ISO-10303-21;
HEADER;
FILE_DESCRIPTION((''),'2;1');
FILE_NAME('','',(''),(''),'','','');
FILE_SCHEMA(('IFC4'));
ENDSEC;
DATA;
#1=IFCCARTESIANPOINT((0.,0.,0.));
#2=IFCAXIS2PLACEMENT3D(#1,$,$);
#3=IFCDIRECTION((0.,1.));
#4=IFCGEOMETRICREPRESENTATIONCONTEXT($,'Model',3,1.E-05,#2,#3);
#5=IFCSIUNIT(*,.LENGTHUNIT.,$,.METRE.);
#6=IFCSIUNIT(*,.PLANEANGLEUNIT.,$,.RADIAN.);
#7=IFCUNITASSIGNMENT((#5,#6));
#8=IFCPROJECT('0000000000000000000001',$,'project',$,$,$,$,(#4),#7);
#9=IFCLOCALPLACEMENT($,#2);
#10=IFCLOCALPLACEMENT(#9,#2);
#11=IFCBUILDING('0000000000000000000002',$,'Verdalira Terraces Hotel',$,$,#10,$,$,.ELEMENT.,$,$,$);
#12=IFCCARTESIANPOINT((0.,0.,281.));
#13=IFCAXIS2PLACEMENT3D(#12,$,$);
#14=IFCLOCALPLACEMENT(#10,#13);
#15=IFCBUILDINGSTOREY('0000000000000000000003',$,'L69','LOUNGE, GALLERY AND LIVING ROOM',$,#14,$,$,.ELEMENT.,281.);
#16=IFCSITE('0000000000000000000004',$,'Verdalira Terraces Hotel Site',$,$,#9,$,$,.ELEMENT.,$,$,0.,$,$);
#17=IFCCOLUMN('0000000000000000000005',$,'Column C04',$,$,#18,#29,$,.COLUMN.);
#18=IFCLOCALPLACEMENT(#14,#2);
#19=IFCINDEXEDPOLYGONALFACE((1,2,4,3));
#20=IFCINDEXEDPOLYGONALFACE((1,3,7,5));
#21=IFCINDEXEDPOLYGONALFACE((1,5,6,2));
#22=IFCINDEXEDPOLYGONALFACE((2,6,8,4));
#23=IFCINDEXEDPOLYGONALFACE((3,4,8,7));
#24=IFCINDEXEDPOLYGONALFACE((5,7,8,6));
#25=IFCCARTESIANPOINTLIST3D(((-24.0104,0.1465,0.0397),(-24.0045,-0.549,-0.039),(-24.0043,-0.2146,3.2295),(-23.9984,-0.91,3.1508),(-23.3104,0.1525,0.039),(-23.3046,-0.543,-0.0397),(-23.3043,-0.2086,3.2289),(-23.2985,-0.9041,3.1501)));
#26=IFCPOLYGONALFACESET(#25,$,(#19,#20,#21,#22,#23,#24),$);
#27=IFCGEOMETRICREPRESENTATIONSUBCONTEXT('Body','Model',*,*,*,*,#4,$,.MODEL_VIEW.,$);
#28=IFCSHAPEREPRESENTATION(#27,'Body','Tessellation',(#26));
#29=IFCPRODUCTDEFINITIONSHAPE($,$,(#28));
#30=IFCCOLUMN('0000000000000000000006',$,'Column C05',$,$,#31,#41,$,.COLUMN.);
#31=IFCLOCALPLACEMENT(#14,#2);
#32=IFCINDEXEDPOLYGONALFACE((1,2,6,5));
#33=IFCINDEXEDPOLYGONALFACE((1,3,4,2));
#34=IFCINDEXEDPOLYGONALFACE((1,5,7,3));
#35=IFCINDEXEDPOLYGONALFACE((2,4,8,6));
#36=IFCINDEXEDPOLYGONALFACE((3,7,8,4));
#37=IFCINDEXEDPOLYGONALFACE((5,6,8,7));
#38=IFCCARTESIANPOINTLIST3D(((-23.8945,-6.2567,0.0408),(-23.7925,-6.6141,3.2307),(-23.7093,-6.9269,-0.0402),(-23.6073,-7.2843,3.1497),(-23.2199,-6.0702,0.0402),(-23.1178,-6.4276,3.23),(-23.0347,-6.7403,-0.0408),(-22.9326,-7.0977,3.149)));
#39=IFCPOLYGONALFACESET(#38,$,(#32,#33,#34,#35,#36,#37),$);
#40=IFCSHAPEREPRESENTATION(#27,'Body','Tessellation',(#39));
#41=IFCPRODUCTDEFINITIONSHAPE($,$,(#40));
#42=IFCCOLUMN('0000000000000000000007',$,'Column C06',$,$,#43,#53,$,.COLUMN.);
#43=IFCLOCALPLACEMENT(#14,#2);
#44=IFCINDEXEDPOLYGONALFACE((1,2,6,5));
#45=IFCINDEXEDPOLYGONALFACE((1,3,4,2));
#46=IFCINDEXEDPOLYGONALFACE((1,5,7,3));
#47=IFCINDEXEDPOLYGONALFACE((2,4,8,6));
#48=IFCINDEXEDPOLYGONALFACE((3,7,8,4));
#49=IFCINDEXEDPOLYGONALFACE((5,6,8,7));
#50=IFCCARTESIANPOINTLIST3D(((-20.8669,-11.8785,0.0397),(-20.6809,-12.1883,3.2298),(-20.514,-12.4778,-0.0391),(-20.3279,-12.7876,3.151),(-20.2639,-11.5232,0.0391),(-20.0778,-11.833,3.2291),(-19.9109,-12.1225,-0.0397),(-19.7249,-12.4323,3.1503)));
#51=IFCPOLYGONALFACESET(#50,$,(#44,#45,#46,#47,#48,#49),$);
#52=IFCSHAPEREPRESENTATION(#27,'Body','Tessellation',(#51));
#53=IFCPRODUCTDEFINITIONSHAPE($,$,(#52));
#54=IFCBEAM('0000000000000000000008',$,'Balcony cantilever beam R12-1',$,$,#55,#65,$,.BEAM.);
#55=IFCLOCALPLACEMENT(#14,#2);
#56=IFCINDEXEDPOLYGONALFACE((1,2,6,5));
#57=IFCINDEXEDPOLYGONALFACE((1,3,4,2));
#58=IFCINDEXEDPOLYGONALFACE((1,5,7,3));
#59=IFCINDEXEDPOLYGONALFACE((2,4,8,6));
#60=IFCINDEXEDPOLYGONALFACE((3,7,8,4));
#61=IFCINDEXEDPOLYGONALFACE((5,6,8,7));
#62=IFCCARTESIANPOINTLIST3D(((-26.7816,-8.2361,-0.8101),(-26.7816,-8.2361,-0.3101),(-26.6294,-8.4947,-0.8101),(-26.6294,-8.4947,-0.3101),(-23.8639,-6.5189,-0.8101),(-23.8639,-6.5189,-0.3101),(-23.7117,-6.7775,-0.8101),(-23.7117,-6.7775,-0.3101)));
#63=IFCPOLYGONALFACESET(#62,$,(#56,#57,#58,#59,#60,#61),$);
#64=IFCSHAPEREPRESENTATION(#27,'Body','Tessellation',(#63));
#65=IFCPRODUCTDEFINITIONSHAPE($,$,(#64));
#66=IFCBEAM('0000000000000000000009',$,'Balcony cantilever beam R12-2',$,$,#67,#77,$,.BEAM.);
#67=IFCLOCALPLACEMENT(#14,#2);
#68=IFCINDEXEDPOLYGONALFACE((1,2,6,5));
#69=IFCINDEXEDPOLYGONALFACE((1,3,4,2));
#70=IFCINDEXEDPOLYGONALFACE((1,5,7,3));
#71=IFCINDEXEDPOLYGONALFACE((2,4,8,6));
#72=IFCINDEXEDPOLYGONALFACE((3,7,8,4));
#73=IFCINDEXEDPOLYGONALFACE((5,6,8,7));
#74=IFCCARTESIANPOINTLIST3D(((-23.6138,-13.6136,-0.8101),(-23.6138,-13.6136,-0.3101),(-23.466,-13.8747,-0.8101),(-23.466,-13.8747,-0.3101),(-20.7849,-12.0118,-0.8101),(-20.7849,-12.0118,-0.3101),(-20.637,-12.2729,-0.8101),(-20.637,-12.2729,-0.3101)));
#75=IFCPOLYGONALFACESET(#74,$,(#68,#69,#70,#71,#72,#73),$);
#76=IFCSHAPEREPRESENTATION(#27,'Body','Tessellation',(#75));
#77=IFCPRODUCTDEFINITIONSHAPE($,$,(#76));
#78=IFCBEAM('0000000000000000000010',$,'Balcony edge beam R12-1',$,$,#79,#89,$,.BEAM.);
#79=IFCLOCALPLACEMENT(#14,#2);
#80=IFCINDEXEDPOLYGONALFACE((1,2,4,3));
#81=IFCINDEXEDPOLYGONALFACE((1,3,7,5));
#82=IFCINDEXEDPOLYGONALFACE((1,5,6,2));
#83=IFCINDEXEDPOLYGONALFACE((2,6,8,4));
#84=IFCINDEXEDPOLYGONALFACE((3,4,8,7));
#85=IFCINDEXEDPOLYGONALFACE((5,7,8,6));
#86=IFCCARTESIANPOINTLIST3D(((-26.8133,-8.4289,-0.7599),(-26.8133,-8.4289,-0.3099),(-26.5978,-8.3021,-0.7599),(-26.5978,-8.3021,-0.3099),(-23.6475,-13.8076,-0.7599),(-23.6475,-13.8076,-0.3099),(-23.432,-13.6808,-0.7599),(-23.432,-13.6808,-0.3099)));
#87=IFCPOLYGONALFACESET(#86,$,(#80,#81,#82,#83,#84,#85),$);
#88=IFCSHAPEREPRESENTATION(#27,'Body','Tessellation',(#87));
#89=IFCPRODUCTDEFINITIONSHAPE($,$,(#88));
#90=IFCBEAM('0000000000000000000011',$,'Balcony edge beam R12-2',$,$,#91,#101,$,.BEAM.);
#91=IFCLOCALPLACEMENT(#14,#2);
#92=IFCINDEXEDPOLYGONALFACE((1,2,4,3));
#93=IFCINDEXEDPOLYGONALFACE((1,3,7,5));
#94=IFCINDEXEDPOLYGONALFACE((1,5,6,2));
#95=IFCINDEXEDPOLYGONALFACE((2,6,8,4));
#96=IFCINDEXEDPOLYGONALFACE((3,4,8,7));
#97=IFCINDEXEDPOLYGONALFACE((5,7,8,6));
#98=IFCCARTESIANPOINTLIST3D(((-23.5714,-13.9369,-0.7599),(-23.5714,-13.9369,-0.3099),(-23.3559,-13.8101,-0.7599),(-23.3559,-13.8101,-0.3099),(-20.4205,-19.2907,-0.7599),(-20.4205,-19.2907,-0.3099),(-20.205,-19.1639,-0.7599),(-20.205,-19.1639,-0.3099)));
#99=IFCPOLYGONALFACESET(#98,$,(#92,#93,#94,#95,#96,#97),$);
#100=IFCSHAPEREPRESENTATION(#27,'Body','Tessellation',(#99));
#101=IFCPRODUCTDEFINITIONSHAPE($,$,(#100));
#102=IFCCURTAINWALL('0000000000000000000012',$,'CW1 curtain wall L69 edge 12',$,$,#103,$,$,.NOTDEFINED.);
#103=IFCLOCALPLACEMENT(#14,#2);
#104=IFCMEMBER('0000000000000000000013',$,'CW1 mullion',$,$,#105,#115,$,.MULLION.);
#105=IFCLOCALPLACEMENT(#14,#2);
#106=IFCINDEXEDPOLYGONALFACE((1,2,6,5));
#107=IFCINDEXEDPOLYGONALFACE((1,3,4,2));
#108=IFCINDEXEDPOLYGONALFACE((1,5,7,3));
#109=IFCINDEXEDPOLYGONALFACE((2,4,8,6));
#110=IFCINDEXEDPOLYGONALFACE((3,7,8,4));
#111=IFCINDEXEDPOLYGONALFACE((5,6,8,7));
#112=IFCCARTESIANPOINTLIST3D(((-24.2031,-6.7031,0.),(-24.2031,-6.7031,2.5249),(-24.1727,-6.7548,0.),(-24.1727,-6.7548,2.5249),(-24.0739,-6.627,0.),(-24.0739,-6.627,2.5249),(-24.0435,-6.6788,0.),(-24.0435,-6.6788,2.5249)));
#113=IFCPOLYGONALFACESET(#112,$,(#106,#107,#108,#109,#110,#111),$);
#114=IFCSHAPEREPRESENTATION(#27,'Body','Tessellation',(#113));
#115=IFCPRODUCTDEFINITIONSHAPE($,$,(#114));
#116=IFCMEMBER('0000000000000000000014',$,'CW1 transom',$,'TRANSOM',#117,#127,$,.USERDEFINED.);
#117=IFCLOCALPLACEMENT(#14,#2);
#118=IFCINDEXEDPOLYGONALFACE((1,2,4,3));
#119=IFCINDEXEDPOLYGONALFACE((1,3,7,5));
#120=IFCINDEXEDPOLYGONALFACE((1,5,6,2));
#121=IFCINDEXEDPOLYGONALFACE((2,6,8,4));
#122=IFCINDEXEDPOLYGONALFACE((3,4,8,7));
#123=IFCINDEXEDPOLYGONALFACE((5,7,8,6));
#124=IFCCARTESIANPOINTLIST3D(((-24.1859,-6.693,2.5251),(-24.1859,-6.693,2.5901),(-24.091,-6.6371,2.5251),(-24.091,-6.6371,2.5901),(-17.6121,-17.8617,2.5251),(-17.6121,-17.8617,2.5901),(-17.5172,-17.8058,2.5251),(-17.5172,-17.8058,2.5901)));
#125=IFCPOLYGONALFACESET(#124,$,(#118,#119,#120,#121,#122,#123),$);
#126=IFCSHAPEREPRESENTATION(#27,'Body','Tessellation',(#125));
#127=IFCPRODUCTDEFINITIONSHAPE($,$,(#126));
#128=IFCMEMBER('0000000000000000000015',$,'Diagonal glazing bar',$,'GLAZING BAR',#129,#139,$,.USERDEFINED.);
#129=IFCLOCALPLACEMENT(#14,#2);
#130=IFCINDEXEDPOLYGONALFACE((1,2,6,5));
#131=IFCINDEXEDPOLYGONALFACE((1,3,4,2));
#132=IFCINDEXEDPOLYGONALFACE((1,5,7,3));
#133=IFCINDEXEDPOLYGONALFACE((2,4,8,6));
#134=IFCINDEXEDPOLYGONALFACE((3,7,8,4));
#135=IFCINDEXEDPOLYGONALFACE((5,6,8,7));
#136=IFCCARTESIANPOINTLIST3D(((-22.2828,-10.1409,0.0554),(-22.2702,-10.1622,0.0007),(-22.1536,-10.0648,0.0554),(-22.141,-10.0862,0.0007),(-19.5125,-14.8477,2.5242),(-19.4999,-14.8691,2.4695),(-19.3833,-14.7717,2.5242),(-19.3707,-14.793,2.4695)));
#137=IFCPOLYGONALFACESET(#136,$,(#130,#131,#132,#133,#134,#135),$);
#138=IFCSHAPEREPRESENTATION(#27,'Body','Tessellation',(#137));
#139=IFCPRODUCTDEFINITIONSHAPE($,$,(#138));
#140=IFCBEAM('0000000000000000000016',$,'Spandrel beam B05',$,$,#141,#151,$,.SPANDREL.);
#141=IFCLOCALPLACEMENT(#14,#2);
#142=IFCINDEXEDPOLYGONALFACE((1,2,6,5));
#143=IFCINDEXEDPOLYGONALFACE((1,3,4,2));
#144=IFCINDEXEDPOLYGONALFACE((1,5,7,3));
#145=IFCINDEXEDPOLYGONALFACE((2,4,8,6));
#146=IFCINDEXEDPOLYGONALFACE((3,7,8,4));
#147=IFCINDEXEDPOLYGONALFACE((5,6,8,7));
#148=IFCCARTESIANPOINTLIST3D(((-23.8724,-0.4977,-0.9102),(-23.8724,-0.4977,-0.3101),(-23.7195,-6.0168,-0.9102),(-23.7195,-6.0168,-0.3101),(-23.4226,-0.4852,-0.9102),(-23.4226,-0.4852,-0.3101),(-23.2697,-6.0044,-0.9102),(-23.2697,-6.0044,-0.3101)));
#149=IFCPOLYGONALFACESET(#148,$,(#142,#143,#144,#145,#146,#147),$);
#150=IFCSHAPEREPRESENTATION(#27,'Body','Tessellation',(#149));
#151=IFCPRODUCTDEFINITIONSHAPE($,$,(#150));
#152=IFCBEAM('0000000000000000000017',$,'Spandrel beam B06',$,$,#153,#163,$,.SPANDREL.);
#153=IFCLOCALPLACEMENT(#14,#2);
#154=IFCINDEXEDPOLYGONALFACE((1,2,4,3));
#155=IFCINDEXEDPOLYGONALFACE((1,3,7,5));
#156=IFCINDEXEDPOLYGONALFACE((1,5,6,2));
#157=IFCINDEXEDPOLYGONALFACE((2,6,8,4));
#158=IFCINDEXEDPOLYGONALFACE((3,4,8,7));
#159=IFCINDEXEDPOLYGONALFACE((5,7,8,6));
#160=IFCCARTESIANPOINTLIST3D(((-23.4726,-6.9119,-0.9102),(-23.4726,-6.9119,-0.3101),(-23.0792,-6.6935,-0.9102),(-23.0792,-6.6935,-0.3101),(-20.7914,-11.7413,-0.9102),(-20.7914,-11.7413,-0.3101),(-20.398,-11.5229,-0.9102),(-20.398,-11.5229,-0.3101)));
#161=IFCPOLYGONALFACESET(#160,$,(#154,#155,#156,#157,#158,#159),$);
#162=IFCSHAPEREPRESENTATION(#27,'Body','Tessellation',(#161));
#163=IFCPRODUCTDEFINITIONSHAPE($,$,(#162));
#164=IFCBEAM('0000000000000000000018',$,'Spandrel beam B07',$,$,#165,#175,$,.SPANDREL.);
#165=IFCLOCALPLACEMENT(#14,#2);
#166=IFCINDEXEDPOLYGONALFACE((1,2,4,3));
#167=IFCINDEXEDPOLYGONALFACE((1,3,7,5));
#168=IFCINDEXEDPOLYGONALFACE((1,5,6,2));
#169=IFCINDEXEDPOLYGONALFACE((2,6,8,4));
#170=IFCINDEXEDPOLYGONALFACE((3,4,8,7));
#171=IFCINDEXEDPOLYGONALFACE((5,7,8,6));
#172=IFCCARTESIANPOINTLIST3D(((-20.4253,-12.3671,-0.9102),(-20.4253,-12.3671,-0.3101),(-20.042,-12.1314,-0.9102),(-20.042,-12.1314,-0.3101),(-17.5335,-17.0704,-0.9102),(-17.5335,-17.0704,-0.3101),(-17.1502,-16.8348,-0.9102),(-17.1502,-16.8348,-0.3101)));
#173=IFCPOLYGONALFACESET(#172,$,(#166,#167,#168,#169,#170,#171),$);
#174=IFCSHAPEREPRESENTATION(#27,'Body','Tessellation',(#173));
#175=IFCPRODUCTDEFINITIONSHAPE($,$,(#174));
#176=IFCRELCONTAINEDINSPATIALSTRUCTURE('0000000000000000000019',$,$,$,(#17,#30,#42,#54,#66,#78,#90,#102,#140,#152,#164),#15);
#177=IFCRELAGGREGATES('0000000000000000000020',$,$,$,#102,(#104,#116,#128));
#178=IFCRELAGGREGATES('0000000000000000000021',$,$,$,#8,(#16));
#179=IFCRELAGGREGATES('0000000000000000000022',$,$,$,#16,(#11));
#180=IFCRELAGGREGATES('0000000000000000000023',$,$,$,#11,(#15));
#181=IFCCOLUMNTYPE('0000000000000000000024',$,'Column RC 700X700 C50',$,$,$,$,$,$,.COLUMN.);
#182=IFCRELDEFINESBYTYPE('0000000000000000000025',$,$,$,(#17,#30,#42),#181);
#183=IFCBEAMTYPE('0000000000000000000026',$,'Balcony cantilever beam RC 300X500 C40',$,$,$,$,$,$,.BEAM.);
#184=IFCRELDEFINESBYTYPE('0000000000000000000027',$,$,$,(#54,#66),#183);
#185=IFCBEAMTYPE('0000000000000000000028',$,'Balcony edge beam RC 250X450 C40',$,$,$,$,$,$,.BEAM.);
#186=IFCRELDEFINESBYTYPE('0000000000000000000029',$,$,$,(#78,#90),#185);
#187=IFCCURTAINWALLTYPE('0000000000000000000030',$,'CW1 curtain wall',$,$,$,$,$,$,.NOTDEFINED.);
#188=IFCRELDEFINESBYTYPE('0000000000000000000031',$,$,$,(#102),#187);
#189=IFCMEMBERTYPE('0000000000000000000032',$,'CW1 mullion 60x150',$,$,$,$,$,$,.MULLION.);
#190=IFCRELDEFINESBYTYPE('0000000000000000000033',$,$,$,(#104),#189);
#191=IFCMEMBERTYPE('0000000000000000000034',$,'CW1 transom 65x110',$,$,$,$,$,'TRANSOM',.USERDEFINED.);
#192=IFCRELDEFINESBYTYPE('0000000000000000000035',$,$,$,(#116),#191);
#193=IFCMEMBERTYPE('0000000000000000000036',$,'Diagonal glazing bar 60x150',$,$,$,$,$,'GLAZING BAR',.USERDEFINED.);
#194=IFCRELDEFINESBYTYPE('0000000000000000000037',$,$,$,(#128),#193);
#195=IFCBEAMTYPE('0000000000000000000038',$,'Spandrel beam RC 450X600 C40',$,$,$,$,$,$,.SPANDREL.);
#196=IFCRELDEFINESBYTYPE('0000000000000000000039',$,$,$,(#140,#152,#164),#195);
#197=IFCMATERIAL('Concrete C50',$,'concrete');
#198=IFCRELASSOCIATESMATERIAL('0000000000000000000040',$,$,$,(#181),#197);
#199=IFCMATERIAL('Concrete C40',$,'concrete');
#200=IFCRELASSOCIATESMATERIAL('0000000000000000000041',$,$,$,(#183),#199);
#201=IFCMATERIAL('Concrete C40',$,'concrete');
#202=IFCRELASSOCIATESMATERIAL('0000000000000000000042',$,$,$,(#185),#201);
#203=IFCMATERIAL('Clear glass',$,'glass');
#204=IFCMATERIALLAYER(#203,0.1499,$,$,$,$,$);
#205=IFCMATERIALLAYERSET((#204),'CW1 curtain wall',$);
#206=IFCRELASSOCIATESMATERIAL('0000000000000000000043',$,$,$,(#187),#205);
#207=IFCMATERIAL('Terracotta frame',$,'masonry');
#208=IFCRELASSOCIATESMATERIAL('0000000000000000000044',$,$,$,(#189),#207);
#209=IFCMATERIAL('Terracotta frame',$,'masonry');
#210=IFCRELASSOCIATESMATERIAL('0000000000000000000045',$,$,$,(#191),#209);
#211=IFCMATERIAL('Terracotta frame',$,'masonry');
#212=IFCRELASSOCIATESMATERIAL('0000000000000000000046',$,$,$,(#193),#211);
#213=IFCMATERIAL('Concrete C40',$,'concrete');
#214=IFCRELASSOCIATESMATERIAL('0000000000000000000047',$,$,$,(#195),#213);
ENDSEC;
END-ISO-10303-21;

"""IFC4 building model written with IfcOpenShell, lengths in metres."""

from ifc_helpers import new_model, si_unit, direction, frame, origin, origin_2d, place, context, subcontext, project, spatial, rectangle, extrude, material, layer, layer_set, material_profile, profile_set, type_object, element, aggregate, save


model = new_model("IFC4")

# Units and contexts
model_context = context("Model", 3, precision=1e-05, world=origin(), true_north=direction((0.0, 1.0)))
body_context = subcontext(model_context, "Body", "Model", "MODEL_VIEW")
ifc_project = project(units=[si_unit("LENGTHUNIT", "METRE"), si_unit("PLANEANGLEUNIT", "RADIAN")], contexts=[model_context])

# Site, building, storey
site_placement = place(None, origin())
site = spatial("IfcSite", under=ifc_project, at=site_placement, Name="Verdalira Terraces Hotel Site", CompositionType="ELEMENT", RefElevation=0.0)
building_placement = place(site_placement, origin())
building = spatial("IfcBuilding", under=site, at=building_placement, Name="Verdalira Terraces Hotel", CompositionType="ELEMENT")
storey_placement = place(building_placement, frame((0.0, 0.0, 281.0)))
storey = spatial("IfcBuildingStorey", under=building, at=storey_placement, Name="L69", Description="LOUNGE, GALLERY AND LIVING ROOM", CompositionType="ELEMENT", Elevation=281.0)

# Columns
ifc_material_1 = material(Name="Concrete C50", Category="concrete")
ifc_material_profile_1 = material_profile(ifc_material_1, rectangle(XDim=0.7, YDim=0.7, at=origin_2d()), Name="RC 700X700")
ifc_profile_set_1 = profile_set([ifc_material_profile_1], Name="Concrete C50")
column_type = type_object("IfcColumnType", Name="Column RC 700X700 C50", PredefinedType="COLUMN", material=ifc_profile_set_1)
column_1_placement = place(storey_placement, frame((-23.6575, -0.1982, 0.0), z_axis=(0.001901, -0.112476, 0.993653), x_axis=(0.008363, -0.993618, -0.112488)))
element("IfcColumn", 1, at=column_1_placement, inside=storey, type_object=column_type, Name="Column C04", PredefinedType="COLUMN", context=body_context, shape_type="SweptSolid", body=[
    extrude(rectangle(XDim=0.7, YDim=0.7, at=origin_2d()), origin(), (0.0, 0.0, 1.0), 3.2102),
])
column_2_placement = place(storey_placement, frame((-23.4646, -6.4985, 0.0), z_axis=(0.031776, -0.111294, 0.993279), x_axis=(-0.264584, 0.957393, 0.115737)))
element("IfcColumn", 2, at=column_2_placement, inside=storey, type_object=column_type, Name="Column C05", PredefinedType="COLUMN", context=body_context, shape_type="SweptSolid", body=[
    extrude(rectangle(XDim=0.7, YDim=0.7, at=origin_2d()), origin(), (0.0, 0.0, 1.0), 3.2114),
])
column_3_placement = place(storey_placement, frame((-20.3889, -12.0005, 0.0), z_axis=(0.057949, -0.096505, 0.993644), x_axis=(0.504275, -0.856175, -0.112563)))
element("IfcColumn", 3, at=column_3_placement, inside=storey, type_object=column_type, Name="Column C06", PredefinedType="COLUMN", context=body_context, shape_type="SweptSolid", body=[
    extrude(rectangle(XDim=0.7, YDim=0.7, at=origin_2d()), origin(), (0.0, 0.0, 1.0), 3.2104),
])

# Beams
ifc_material_2 = material(Name="Concrete C40", Category="concrete")
ifc_material_profile_2 = material_profile(ifc_material_2, rectangle(XDim=0.3, YDim=0.5, at=origin_2d()), Name="RC 300X500")
ifc_profile_set_2 = profile_set([ifc_material_profile_2], Name="Concrete C40")
beam_type_1 = type_object("IfcBeamType", Name="Balcony cantilever beam RC 300X500 C40", PredefinedType="BEAM", material=ifc_profile_set_2)
beam_1_placement = place(storey_placement, frame((-23.7878, -6.6482, -0.5601), z_axis=(-0.861808, -0.507234, 0.0), x_axis=(0.507234, -0.861808, 0.0)))
element("IfcBeam", 4, at=beam_1_placement, inside=storey, type_object=beam_type_1, Name="Balcony cantilever beam R12-1", PredefinedType="BEAM", context=body_context, shape_type="SweptSolid", body=[
    extrude(rectangle(XDim=0.3, YDim=0.5, at=origin_2d()), origin(), (0.0, 0.0, 1.0), 3.3855),
])
beam_2_placement = place(storey_placement, frame((-20.7109, -12.1423, -0.5601), z_axis=(-0.870182, -0.49273, 0.0), x_axis=(0.49273, -0.870182, 0.0)))
element("IfcBeam", 5, at=beam_2_placement, inside=storey, type_object=beam_type_1, Name="Balcony cantilever beam R12-2", PredefinedType="BEAM", context=body_context, shape_type="SweptSolid", body=[
    extrude(rectangle(XDim=0.3, YDim=0.5, at=origin_2d()), origin(), (0.0, 0.0, 1.0), 3.251),
])
ifc_material_3 = material(Name="Concrete C40", Category="concrete")
ifc_material_profile_3 = material_profile(ifc_material_3, rectangle(XDim=0.25, YDim=0.45, at=origin_2d()), Name="RC 250X450")
ifc_profile_set_3 = profile_set([ifc_material_profile_3], Name="Concrete C40")
beam_type_2 = type_object("IfcBeamType", Name="Balcony edge beam RC 250X450 C40", PredefinedType="BEAM", material=ifc_profile_set_3)
beam_3_placement = place(storey_placement, frame((-26.7056, -8.3655, -0.5349), z_axis=(0.507241, -0.861804, 0.0), x_axis=(0.861804, 0.507241, 0.0)))
element("IfcBeam", 6, at=beam_3_placement, inside=storey, type_object=beam_type_2, Name="Balcony edge beam R12-1", PredefinedType="BEAM", context=body_context, shape_type="SweptSolid", body=[
    extrude(rectangle(XDim=0.25, YDim=0.45, at=origin_2d()), origin(), (0.0, 0.0, 1.0), 6.2412),
])
beam_4_placement = place(storey_placement, frame((-23.4636, -13.8735, -0.5349), z_axis=(0.507212, -0.861821, 0.0), x_axis=(0.861821, 0.507212, 0.0)))
element("IfcBeam", 7, at=beam_4_placement, inside=storey, type_object=beam_type_2, Name="Balcony edge beam R12-2", PredefinedType="BEAM", context=body_context, shape_type="SweptSolid", body=[
    extrude(rectangle(XDim=0.25, YDim=0.45, at=origin_2d()), origin(), (0.0, 0.0, 1.0), 6.2122),
])

# Curtain wall, members
ifc_material_4 = material(Name="Clear glass", Category="glass")
ifc_layer_1 = layer(ifc_material_4, 0.1499)
ifc_layer_set_1 = layer_set([ifc_layer_1], Name="CW1 curtain wall")
curtain_wall_type = type_object("IfcCurtainWallType", Name="CW1 curtain wall", PredefinedType="NOTDEFINED", material=ifc_layer_set_1)
curtain_wall_placement = place(storey_placement, origin())
curtain_wall = element("IfcCurtainWall", 8, at=curtain_wall_placement, inside=storey, type_object=curtain_wall_type, Name="CW1 curtain wall L69 edge 12", PredefinedType="NOTDEFINED")
ifc_material_5 = material(Name="Terracotta frame", Category="masonry")
ifc_material_profile_4 = material_profile(ifc_material_5, rectangle(XDim=0.0601, YDim=0.1499, at=origin_2d()), Name="MU 60x150")
ifc_profile_set_4 = profile_set([ifc_material_profile_4], Name="Terracotta frame")
member_type_1 = type_object("IfcMemberType", Name="CW1 mullion 60x150", PredefinedType="MULLION", material=ifc_profile_set_4)
member_1_placement = place(storey_placement, frame((-24.1233, -6.6909, 0.0), z_axis=(0.0, 0.0, 1.0), x_axis=(0.507238, -0.861806, 0.0)))
member_1 = element("IfcMember", 9, at=member_1_placement, type_object=member_type_1, Name="CW1 mullion", PredefinedType="MULLION", context=body_context, shape_type="SweptSolid", body=[
    extrude(rectangle(XDim=0.0601, YDim=0.1499, at=origin_2d()), origin(), (0.0, 0.0, 1.0), 2.5249),
])
ifc_material_6 = material(Name="Terracotta frame", Category="masonry")
ifc_material_profile_5 = material_profile(ifc_material_6, rectangle(XDim=0.1101, YDim=0.0649, at=origin_2d()), Name="TR 65x110")
ifc_profile_set_5 = profile_set([ifc_material_profile_5], Name="Terracotta frame")
member_type_2 = type_object("IfcMemberType", Name="CW1 transom 65x110", ElementType="TRANSOM", PredefinedType="USERDEFINED", material=ifc_profile_set_5)
member_2_placement = place(storey_placement, frame((-24.1384, -6.665, 2.5576), z_axis=(0.507244, -0.861802, 0.0), x_axis=(0.861802, 0.507244, 0.0)))
member_2 = element("IfcMember", 10, at=member_2_placement, type_object=member_type_2, Name="CW1 transom", ObjectType="TRANSOM", PredefinedType="USERDEFINED", context=body_context, shape_type="SweptSolid", body=[
    extrude(rectangle(XDim=0.1101, YDim=0.0649, at=origin_2d()), origin(), (0.0, 0.0, 1.0), 12.9597),
])
ifc_material_7 = material(Name="Terracotta frame", Category="masonry")
ifc_material_profile_6 = material_profile(ifc_material_7, rectangle(XDim=0.1499, YDim=0.0601, at=origin_2d()), Name="GB 60x150")
ifc_profile_set_6 = profile_set([ifc_material_profile_6], Name="Terracotta frame")
member_type_3 = type_object("IfcMemberType", Name="Diagonal glazing bar 60x150", ElementType="GLAZING BAR", PredefinedType="USERDEFINED", material=ifc_profile_set_6)
member_3_placement = place(storey_placement, frame((-22.2119, -10.1135, 0.0281), z_axis=(0.462206, -0.785306, 0.411899), x_axis=(0.861809, 0.507233, 0.0)))
member_3 = element("IfcMember", 11, at=member_3_placement, type_object=member_type_3, Name="Diagonal glazing bar", ObjectType="GLAZING BAR", PredefinedType="USERDEFINED", context=body_context, shape_type="SweptSolid", body=[
    extrude(rectangle(XDim=0.1499, YDim=0.0601, at=origin_2d()), origin(), (0.0, 0.0, 1.0), 5.9937),
])

# Beams
ifc_material_8 = material(Name="Concrete C40", Category="concrete")
ifc_material_profile_7 = material_profile(ifc_material_8, rectangle(XDim=0.45, YDim=0.6001, at=origin_2d()), Name="RC 450X600")
ifc_profile_set_7 = profile_set([ifc_material_profile_7], Name="Concrete C40")
beam_type_3 = type_object("IfcBeamType", Name="Spandrel beam RC 450X600 C40", PredefinedType="SPANDREL", material=ifc_profile_set_7)
beam_5_placement = place(storey_placement, frame((-23.6475, -0.4915, -0.6101), z_axis=(0.027681, -0.999617, 0.0), x_axis=(0.999617, 0.027681, 0.0)))
element("IfcBeam", 12, at=beam_5_placement, inside=storey, type_object=beam_type_3, Name="Spandrel beam B05", PredefinedType="SPANDREL", context=body_context, shape_type="SweptSolid", body=[
    extrude(rectangle(XDim=0.45, YDim=0.6001, at=origin_2d()), origin(), (0.0, 0.0, 1.0), 5.5212),
])
beam_6_placement = place(storey_placement, frame((-23.2759, -6.8027, -0.6101), z_axis=(0.485391, -0.874297, 0.0), x_axis=(0.874297, 0.485391, 0.0)))
element("IfcBeam", 13, at=beam_6_placement, inside=storey, type_object=beam_type_3, Name="Spandrel beam B06", PredefinedType="SPANDREL", context=body_context, shape_type="SweptSolid", body=[
    extrude(rectangle(XDim=0.45, YDim=0.6001, at=origin_2d()), origin(), (0.0, 0.0, 1.0), 5.5237),
])
beam_7_placement = place(storey_placement, frame((-20.2336, -12.2493, -0.6101), z_axis=(0.523764, -0.851863, 0.0), x_axis=(0.851863, 0.523764, 0.0)))
element("IfcBeam", 14, at=beam_7_placement, inside=storey, type_object=beam_type_3, Name="Spandrel beam B07", PredefinedType="SPANDREL", context=body_context, shape_type="SweptSolid", body=[
    extrude(rectangle(XDim=0.45, YDim=0.6001, at=origin_2d()), origin(), (0.0, 0.0, 1.0), 5.5212),
])

aggregate(curtain_wall, [member_1, member_2, member_3])

save(model, "model.ifc")
